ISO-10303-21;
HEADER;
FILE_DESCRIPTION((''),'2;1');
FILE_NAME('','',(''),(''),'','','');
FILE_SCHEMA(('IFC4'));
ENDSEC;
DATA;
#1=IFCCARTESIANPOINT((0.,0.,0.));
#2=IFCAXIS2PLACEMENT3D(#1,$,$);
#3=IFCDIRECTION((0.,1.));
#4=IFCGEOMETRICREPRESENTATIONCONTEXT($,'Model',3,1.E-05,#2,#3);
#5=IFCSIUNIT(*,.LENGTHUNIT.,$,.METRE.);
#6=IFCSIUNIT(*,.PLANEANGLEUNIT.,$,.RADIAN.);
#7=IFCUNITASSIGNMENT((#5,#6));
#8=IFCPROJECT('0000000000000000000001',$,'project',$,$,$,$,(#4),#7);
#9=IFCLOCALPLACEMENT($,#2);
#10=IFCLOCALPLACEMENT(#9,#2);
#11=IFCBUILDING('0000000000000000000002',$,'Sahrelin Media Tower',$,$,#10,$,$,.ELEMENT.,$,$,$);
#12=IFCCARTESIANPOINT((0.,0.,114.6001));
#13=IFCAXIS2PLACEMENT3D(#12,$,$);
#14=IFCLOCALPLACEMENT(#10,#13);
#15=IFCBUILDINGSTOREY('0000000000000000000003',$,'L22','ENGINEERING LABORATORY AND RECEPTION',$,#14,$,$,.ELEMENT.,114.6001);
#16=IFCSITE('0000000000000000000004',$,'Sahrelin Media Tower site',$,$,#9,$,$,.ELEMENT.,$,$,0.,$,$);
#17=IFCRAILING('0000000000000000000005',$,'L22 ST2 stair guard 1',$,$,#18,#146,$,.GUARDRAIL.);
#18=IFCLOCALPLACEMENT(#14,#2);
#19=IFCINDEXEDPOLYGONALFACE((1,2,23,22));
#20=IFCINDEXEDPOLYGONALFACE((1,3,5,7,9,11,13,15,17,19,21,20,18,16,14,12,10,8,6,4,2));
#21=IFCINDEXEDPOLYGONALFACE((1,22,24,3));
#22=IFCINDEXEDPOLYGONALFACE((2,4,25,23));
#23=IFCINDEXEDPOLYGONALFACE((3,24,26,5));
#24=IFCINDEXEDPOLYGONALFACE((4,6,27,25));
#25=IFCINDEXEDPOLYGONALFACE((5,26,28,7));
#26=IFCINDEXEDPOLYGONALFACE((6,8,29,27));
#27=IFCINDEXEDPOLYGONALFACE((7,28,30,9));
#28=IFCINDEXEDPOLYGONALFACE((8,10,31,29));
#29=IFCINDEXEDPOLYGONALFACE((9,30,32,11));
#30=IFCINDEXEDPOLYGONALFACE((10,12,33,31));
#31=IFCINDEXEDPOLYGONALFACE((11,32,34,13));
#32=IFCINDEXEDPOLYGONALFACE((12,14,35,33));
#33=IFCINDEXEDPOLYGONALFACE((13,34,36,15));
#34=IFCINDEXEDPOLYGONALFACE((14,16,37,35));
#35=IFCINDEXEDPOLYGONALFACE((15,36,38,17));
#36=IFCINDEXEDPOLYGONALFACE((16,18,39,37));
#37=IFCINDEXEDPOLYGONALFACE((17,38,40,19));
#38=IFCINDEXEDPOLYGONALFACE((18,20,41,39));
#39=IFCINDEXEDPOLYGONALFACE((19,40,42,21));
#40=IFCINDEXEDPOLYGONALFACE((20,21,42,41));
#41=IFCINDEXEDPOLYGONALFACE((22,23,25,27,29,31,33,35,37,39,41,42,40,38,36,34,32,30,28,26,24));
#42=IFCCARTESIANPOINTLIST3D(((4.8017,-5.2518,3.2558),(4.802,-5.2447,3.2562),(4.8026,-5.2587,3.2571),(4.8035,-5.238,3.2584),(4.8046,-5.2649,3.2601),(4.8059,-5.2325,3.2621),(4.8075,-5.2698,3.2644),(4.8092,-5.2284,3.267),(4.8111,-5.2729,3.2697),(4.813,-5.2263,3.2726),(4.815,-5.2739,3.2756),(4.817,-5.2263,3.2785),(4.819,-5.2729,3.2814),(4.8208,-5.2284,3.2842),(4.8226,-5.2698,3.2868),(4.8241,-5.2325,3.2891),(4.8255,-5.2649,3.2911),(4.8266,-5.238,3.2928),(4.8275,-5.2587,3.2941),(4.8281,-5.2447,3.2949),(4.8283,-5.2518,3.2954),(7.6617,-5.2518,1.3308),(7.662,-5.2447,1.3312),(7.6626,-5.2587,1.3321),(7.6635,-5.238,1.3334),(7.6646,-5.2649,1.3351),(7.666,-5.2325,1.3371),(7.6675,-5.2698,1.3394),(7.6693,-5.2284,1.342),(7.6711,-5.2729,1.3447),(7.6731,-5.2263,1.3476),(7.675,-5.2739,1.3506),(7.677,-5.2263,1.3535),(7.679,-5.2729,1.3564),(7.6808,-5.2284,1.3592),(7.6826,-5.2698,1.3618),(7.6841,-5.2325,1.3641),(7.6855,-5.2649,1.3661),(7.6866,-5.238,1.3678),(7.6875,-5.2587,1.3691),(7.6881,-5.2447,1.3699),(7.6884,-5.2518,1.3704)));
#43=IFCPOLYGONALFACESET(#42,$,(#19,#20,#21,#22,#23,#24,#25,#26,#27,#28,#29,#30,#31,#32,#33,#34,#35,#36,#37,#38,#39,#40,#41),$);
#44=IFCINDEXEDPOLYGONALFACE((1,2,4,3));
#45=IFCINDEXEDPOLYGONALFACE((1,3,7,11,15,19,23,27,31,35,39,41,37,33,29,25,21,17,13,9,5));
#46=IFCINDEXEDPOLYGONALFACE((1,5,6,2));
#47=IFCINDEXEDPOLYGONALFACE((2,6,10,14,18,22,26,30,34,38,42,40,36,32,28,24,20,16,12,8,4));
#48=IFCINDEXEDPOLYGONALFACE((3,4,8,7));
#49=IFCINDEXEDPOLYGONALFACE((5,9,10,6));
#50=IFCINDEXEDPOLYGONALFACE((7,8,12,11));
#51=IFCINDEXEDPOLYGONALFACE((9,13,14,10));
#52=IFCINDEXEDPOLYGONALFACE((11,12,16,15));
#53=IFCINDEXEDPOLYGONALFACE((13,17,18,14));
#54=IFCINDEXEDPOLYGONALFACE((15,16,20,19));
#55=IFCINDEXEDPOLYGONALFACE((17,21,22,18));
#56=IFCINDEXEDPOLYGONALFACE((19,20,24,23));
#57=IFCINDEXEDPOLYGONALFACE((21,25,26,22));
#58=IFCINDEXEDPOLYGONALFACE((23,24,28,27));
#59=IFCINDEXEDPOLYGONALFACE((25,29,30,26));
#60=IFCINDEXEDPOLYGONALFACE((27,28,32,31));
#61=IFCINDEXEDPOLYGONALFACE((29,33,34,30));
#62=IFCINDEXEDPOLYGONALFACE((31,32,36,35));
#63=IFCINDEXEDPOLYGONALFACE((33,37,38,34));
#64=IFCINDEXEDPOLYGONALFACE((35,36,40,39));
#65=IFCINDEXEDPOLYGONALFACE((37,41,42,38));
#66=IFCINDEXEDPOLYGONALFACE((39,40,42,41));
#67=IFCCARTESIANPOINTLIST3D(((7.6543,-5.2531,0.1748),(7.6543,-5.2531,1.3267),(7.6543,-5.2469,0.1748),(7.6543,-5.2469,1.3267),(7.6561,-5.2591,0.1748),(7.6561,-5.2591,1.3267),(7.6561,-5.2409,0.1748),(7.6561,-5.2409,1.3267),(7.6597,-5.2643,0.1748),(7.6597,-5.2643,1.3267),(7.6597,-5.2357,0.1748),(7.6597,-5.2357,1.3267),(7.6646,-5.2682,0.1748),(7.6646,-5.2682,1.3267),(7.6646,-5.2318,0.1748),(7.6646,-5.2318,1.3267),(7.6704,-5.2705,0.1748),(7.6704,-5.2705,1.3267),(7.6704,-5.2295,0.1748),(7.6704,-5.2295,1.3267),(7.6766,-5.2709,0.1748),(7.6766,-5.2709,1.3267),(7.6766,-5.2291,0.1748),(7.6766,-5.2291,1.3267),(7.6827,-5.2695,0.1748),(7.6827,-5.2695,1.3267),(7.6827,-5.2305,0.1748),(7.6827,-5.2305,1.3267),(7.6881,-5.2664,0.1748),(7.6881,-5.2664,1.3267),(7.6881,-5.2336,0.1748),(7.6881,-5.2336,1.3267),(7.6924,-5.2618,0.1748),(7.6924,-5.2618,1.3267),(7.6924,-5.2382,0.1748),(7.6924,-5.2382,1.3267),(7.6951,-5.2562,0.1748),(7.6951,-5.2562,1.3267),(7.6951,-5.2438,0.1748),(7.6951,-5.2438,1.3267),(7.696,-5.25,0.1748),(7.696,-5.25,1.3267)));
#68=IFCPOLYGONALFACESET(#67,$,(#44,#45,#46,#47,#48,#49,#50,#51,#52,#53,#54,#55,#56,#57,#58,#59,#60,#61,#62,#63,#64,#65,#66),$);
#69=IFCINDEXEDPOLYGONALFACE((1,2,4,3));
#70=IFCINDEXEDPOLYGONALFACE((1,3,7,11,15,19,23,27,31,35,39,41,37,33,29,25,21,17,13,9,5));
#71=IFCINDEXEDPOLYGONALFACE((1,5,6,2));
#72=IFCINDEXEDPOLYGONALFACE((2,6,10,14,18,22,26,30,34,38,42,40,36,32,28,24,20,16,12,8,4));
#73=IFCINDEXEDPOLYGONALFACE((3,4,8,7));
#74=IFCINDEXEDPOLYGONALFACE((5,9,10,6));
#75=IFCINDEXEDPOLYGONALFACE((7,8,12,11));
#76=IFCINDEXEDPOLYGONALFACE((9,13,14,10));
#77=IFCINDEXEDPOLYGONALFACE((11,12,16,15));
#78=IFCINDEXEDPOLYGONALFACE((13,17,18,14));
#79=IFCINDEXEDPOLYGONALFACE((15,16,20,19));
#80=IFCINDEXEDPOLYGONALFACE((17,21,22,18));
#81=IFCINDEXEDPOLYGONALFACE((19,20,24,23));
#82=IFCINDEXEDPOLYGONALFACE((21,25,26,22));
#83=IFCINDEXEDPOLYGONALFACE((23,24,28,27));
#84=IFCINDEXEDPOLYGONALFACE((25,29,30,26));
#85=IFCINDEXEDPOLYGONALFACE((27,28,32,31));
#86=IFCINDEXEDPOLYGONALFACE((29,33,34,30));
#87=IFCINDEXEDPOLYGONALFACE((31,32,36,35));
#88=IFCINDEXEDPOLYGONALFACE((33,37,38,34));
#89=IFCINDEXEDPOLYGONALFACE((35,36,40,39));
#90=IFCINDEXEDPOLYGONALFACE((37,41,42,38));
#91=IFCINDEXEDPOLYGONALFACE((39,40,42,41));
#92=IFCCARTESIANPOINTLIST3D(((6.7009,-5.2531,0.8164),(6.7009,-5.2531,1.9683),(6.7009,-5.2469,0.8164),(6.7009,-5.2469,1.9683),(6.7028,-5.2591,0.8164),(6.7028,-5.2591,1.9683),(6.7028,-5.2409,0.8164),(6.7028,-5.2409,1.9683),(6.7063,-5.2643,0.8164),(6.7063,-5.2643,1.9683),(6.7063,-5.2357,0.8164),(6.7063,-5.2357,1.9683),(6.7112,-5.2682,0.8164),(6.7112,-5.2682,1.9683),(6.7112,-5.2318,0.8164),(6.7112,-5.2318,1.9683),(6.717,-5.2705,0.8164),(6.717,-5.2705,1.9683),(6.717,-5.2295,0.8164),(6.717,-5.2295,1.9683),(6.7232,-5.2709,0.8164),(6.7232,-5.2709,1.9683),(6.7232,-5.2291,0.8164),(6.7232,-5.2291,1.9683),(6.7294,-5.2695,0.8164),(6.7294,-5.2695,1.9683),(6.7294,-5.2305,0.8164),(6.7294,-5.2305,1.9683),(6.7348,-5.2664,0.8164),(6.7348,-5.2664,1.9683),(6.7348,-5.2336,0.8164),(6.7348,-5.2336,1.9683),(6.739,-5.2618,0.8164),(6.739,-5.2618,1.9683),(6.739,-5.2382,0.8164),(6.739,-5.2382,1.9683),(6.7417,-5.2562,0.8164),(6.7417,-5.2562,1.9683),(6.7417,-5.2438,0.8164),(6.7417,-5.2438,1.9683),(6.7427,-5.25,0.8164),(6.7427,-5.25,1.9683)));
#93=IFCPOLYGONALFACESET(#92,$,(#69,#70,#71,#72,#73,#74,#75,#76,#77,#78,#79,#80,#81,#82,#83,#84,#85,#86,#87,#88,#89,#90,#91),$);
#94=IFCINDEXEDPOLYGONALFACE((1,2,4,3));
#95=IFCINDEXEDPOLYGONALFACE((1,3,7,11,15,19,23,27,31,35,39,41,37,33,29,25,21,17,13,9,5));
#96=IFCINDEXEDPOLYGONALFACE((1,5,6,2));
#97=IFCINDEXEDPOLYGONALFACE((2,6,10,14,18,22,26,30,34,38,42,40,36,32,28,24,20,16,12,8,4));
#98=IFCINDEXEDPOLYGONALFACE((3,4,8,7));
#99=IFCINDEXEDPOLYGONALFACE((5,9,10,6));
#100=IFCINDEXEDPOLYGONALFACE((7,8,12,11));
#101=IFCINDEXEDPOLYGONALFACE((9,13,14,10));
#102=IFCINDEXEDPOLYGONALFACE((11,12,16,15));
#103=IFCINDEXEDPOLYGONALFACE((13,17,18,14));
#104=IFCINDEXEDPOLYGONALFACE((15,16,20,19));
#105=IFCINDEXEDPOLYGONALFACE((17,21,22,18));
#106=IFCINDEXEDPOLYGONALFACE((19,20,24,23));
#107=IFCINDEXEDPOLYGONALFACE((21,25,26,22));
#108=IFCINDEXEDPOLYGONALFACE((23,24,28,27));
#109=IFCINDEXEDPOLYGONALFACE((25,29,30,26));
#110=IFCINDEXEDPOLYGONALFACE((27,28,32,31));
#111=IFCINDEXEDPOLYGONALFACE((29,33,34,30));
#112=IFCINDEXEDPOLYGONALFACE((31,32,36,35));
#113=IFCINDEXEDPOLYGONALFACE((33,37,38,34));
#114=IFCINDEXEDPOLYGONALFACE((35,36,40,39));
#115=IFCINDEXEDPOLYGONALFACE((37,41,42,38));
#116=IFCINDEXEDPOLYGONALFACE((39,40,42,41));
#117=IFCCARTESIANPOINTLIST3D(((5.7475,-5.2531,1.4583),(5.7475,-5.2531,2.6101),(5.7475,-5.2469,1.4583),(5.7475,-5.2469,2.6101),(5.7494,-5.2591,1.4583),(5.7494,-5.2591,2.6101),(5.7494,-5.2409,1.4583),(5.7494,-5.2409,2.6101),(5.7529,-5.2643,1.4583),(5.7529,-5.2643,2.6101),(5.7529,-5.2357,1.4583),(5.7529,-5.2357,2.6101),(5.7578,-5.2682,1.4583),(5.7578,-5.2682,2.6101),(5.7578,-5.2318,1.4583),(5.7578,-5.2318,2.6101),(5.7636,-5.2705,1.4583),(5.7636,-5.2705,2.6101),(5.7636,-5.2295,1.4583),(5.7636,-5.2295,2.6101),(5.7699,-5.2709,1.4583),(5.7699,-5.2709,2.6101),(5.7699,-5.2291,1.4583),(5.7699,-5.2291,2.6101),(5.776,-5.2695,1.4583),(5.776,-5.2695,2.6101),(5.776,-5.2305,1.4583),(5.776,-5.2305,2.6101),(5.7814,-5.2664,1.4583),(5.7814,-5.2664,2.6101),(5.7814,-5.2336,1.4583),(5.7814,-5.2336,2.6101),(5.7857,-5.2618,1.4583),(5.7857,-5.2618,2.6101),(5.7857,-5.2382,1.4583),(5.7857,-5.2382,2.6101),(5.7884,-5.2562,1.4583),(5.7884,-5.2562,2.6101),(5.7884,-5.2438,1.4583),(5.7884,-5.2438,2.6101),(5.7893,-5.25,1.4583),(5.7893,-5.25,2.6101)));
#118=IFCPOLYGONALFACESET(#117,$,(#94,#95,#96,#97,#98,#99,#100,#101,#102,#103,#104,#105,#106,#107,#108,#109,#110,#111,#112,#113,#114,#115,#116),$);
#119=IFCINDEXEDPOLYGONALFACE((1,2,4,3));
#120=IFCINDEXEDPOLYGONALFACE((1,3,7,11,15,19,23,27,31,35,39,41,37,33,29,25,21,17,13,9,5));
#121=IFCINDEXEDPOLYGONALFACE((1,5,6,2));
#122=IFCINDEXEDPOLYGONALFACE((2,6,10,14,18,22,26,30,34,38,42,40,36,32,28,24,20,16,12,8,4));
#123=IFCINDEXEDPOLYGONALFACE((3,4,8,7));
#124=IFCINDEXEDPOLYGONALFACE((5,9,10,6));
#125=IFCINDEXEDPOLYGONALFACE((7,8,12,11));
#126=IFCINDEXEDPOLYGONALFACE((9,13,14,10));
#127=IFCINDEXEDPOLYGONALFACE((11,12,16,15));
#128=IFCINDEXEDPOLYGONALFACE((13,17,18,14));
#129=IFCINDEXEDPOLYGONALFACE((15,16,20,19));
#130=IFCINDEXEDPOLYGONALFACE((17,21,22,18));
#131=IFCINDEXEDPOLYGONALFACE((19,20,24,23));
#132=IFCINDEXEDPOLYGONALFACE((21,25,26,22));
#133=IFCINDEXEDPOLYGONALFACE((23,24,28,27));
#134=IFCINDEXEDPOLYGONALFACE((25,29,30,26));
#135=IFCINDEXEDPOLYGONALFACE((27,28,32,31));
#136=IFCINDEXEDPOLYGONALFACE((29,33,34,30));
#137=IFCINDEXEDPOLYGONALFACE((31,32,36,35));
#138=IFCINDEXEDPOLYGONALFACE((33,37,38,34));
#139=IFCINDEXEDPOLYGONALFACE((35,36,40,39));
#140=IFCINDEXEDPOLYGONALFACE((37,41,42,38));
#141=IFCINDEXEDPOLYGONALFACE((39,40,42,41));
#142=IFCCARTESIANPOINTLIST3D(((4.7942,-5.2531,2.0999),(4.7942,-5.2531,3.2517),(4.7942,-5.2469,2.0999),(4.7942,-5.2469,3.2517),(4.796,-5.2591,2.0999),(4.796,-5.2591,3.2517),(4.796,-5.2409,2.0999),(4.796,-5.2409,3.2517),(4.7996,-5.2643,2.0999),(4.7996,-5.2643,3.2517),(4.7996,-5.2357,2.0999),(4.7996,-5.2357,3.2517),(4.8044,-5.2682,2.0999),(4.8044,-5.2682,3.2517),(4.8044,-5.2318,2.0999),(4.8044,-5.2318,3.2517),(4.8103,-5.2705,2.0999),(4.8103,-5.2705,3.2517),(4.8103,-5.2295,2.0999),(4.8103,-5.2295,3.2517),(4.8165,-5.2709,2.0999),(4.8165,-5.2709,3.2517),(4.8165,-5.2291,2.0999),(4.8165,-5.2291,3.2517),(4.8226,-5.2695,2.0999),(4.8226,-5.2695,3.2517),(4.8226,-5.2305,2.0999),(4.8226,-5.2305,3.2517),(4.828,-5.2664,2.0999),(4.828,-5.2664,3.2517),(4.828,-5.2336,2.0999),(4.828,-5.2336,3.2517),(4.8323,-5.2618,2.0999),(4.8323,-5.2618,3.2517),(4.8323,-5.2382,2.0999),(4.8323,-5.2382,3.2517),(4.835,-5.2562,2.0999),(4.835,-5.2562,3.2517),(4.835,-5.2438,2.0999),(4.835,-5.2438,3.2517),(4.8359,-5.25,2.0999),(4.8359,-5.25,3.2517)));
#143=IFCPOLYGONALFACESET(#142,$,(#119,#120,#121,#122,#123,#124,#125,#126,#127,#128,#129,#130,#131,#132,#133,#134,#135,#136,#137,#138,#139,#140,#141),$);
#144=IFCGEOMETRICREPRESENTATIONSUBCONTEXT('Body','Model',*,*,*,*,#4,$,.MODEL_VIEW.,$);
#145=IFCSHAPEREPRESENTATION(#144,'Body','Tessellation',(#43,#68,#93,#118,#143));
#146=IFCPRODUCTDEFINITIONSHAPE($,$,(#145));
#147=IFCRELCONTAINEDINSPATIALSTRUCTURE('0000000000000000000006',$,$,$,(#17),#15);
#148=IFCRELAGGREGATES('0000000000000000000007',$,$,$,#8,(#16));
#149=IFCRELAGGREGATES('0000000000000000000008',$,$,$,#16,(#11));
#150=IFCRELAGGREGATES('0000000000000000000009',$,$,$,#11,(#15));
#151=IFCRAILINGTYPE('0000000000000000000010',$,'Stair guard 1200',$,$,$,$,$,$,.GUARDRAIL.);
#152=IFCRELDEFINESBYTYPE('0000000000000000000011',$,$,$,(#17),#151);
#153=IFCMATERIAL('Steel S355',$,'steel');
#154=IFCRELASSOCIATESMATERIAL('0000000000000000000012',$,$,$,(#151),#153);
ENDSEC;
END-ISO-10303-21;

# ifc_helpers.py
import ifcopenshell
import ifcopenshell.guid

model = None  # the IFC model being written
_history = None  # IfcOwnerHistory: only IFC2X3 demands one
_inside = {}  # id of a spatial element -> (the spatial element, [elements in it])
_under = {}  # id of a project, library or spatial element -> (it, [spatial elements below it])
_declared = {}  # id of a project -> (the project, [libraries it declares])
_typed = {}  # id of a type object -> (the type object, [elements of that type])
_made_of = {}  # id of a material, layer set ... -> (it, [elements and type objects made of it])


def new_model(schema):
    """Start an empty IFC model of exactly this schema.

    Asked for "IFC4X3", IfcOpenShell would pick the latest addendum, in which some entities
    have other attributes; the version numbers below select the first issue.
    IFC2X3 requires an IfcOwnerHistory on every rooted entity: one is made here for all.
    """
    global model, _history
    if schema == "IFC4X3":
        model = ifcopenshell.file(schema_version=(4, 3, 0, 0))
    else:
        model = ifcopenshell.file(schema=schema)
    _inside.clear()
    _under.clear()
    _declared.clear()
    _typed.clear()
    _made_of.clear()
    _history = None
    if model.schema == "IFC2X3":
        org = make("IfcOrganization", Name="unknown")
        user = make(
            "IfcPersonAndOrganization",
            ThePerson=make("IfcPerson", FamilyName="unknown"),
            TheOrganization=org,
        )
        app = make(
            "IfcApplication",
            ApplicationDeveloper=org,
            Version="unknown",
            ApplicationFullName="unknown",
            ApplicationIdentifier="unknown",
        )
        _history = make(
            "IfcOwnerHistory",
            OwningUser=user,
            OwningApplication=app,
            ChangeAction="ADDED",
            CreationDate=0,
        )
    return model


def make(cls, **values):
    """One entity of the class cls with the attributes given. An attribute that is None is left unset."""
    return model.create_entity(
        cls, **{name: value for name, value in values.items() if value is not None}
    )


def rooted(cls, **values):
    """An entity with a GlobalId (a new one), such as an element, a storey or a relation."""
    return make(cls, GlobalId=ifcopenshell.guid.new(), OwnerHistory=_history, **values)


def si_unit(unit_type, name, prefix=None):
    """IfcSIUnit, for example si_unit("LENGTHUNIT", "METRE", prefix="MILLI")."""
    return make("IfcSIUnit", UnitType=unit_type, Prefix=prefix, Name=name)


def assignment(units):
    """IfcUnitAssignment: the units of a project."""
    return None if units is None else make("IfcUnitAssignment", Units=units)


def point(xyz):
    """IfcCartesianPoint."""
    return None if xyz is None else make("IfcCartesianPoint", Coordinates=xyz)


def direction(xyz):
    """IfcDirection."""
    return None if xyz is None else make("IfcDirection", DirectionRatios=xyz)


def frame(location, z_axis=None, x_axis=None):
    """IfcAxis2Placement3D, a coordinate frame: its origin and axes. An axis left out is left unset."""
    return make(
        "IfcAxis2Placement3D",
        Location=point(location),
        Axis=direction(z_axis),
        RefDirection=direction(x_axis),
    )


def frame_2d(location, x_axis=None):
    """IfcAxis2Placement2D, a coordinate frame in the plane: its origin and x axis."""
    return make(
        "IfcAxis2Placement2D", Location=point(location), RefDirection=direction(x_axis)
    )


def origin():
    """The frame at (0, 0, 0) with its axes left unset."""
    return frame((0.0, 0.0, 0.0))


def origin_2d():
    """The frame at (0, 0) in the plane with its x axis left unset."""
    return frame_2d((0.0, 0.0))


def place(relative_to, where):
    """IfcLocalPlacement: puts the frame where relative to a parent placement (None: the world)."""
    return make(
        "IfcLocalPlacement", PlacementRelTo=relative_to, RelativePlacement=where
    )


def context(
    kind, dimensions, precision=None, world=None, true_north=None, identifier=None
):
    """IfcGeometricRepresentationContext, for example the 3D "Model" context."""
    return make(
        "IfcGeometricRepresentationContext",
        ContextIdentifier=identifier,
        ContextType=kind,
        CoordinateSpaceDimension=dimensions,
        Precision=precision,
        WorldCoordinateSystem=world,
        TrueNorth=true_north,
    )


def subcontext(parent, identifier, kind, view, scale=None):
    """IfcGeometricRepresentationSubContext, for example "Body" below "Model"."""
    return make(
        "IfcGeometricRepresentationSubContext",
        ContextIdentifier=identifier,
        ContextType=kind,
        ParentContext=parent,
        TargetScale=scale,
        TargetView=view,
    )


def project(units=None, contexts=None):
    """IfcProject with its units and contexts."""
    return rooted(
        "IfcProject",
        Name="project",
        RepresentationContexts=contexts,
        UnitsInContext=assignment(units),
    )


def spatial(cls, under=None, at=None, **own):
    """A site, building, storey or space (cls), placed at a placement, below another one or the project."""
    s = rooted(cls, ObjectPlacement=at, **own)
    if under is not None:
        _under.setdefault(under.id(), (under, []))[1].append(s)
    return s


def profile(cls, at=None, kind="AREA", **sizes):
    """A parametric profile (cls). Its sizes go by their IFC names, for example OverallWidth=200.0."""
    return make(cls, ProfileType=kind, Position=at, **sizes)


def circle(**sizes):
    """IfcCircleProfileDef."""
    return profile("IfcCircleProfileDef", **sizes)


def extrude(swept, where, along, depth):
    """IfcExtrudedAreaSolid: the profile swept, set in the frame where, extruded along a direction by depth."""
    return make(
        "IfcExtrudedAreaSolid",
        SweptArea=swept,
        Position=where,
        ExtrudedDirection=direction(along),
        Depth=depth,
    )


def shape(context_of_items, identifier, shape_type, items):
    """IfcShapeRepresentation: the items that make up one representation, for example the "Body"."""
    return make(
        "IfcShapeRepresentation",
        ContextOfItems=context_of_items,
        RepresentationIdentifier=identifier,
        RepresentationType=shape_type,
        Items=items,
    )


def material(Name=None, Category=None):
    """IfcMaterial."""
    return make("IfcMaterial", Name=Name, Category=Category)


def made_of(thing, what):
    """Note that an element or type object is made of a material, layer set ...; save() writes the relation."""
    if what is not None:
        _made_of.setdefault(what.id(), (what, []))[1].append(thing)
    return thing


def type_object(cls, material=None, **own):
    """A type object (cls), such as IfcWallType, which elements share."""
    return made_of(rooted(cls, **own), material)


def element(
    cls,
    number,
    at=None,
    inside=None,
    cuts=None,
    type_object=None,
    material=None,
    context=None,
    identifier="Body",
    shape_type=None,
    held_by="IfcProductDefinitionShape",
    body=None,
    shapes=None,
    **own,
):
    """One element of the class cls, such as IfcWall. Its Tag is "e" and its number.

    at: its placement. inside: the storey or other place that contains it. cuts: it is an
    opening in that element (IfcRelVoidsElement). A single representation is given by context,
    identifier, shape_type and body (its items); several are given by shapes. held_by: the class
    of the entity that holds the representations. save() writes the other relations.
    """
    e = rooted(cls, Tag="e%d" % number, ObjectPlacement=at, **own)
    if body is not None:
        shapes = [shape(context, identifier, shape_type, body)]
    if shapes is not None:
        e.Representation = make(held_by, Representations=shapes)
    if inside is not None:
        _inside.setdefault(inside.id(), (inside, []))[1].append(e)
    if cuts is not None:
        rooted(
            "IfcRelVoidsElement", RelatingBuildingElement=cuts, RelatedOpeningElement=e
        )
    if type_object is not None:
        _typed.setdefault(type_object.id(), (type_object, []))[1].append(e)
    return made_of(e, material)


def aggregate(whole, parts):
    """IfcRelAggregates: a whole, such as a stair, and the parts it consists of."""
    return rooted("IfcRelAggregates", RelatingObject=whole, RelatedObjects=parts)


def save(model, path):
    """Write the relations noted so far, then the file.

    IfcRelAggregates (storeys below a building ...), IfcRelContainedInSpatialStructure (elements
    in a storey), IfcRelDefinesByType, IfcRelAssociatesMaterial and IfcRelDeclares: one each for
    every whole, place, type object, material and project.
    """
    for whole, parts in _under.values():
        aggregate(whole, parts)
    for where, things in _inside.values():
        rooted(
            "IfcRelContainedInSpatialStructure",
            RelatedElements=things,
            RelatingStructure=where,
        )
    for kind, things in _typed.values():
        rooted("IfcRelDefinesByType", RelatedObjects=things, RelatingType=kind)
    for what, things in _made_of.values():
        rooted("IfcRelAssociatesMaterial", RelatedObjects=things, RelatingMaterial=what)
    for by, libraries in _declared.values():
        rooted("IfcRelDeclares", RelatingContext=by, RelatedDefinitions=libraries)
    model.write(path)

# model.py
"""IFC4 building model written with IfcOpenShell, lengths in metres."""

from ifc_helpers import new_model, si_unit, direction, frame, origin, origin_2d, place, context, subcontext, project, spatial, circle, extrude, material, type_object, element, save


model = new_model("IFC4")

# Units and contexts
model_context = context("Model", 3, precision=1e-05, world=origin(), true_north=direction((0.0, 1.0)))
body_context = subcontext(model_context, "Body", "Model", "MODEL_VIEW")
ifc_project = project(units=[si_unit("LENGTHUNIT", "METRE"), si_unit("PLANEANGLEUNIT", "RADIAN")], contexts=[model_context])

# Site, building, storey
site_placement = place(None, origin())
site = spatial("IfcSite", under=ifc_project, at=site_placement, Name="Sahrelin Media Tower site", CompositionType="ELEMENT", RefElevation=0.0)
building_placement = place(site_placement, origin())
building = spatial("IfcBuilding", under=site, at=building_placement, Name="Sahrelin Media Tower", CompositionType="ELEMENT")
storey_placement = place(building_placement, frame((0.0, 0.0, 114.6001)))
storey = spatial("IfcBuildingStorey", under=building, at=storey_placement, Name="L22", Description="ENGINEERING LABORATORY AND RECEPTION", CompositionType="ELEMENT", Elevation=114.6001)

# Shared definitions
ifc_material_1 = material(Name="Steel S355", Category="steel")

# Railing
railing_type_1 = type_object("IfcRailingType", Name="Stair guard 1200", PredefinedType="GUARDRAIL", material=ifc_material_1)
railing_1_placement = place(storey_placement, frame((7.675, -5.25, 0.1748)))
element("IfcRailing", 1, at=railing_1_placement, inside=storey, type_object=railing_type_1, Name="L22 ST2 stair guard 1", PredefinedType="GUARDRAIL", context=body_context, shape_type="SweptSolid", body=[
    extrude(circle(Radius=0.0239, at=origin_2d()), frame((0.0, 0.0, 1.1758), z_axis=(-0.829591, 0.0, 0.558372), x_axis=(0.0, -1.0, 0.0)), (0.0, 0.0, 1.0), 3.4475),
    extrude(circle(Radius=0.021, at=origin_2d()), origin(), (0.0, 0.0, 1.0), 1.1519),
    extrude(circle(Radius=0.021, at=origin_2d()), frame((-0.9534, 0.0, 0.6416)), (0.0, 0.0, 1.0), 1.1519),
    extrude(circle(Radius=0.021, at=origin_2d()), frame((-1.9067, 0.0, 1.2834)), (0.0, 0.0, 1.0), 1.1519),
    extrude(circle(Radius=0.021, at=origin_2d()), frame((-2.8601, 0.0, 1.925)), (0.0, 0.0, 1.0), 1.1519),
])

save(model, "model.ifc")
